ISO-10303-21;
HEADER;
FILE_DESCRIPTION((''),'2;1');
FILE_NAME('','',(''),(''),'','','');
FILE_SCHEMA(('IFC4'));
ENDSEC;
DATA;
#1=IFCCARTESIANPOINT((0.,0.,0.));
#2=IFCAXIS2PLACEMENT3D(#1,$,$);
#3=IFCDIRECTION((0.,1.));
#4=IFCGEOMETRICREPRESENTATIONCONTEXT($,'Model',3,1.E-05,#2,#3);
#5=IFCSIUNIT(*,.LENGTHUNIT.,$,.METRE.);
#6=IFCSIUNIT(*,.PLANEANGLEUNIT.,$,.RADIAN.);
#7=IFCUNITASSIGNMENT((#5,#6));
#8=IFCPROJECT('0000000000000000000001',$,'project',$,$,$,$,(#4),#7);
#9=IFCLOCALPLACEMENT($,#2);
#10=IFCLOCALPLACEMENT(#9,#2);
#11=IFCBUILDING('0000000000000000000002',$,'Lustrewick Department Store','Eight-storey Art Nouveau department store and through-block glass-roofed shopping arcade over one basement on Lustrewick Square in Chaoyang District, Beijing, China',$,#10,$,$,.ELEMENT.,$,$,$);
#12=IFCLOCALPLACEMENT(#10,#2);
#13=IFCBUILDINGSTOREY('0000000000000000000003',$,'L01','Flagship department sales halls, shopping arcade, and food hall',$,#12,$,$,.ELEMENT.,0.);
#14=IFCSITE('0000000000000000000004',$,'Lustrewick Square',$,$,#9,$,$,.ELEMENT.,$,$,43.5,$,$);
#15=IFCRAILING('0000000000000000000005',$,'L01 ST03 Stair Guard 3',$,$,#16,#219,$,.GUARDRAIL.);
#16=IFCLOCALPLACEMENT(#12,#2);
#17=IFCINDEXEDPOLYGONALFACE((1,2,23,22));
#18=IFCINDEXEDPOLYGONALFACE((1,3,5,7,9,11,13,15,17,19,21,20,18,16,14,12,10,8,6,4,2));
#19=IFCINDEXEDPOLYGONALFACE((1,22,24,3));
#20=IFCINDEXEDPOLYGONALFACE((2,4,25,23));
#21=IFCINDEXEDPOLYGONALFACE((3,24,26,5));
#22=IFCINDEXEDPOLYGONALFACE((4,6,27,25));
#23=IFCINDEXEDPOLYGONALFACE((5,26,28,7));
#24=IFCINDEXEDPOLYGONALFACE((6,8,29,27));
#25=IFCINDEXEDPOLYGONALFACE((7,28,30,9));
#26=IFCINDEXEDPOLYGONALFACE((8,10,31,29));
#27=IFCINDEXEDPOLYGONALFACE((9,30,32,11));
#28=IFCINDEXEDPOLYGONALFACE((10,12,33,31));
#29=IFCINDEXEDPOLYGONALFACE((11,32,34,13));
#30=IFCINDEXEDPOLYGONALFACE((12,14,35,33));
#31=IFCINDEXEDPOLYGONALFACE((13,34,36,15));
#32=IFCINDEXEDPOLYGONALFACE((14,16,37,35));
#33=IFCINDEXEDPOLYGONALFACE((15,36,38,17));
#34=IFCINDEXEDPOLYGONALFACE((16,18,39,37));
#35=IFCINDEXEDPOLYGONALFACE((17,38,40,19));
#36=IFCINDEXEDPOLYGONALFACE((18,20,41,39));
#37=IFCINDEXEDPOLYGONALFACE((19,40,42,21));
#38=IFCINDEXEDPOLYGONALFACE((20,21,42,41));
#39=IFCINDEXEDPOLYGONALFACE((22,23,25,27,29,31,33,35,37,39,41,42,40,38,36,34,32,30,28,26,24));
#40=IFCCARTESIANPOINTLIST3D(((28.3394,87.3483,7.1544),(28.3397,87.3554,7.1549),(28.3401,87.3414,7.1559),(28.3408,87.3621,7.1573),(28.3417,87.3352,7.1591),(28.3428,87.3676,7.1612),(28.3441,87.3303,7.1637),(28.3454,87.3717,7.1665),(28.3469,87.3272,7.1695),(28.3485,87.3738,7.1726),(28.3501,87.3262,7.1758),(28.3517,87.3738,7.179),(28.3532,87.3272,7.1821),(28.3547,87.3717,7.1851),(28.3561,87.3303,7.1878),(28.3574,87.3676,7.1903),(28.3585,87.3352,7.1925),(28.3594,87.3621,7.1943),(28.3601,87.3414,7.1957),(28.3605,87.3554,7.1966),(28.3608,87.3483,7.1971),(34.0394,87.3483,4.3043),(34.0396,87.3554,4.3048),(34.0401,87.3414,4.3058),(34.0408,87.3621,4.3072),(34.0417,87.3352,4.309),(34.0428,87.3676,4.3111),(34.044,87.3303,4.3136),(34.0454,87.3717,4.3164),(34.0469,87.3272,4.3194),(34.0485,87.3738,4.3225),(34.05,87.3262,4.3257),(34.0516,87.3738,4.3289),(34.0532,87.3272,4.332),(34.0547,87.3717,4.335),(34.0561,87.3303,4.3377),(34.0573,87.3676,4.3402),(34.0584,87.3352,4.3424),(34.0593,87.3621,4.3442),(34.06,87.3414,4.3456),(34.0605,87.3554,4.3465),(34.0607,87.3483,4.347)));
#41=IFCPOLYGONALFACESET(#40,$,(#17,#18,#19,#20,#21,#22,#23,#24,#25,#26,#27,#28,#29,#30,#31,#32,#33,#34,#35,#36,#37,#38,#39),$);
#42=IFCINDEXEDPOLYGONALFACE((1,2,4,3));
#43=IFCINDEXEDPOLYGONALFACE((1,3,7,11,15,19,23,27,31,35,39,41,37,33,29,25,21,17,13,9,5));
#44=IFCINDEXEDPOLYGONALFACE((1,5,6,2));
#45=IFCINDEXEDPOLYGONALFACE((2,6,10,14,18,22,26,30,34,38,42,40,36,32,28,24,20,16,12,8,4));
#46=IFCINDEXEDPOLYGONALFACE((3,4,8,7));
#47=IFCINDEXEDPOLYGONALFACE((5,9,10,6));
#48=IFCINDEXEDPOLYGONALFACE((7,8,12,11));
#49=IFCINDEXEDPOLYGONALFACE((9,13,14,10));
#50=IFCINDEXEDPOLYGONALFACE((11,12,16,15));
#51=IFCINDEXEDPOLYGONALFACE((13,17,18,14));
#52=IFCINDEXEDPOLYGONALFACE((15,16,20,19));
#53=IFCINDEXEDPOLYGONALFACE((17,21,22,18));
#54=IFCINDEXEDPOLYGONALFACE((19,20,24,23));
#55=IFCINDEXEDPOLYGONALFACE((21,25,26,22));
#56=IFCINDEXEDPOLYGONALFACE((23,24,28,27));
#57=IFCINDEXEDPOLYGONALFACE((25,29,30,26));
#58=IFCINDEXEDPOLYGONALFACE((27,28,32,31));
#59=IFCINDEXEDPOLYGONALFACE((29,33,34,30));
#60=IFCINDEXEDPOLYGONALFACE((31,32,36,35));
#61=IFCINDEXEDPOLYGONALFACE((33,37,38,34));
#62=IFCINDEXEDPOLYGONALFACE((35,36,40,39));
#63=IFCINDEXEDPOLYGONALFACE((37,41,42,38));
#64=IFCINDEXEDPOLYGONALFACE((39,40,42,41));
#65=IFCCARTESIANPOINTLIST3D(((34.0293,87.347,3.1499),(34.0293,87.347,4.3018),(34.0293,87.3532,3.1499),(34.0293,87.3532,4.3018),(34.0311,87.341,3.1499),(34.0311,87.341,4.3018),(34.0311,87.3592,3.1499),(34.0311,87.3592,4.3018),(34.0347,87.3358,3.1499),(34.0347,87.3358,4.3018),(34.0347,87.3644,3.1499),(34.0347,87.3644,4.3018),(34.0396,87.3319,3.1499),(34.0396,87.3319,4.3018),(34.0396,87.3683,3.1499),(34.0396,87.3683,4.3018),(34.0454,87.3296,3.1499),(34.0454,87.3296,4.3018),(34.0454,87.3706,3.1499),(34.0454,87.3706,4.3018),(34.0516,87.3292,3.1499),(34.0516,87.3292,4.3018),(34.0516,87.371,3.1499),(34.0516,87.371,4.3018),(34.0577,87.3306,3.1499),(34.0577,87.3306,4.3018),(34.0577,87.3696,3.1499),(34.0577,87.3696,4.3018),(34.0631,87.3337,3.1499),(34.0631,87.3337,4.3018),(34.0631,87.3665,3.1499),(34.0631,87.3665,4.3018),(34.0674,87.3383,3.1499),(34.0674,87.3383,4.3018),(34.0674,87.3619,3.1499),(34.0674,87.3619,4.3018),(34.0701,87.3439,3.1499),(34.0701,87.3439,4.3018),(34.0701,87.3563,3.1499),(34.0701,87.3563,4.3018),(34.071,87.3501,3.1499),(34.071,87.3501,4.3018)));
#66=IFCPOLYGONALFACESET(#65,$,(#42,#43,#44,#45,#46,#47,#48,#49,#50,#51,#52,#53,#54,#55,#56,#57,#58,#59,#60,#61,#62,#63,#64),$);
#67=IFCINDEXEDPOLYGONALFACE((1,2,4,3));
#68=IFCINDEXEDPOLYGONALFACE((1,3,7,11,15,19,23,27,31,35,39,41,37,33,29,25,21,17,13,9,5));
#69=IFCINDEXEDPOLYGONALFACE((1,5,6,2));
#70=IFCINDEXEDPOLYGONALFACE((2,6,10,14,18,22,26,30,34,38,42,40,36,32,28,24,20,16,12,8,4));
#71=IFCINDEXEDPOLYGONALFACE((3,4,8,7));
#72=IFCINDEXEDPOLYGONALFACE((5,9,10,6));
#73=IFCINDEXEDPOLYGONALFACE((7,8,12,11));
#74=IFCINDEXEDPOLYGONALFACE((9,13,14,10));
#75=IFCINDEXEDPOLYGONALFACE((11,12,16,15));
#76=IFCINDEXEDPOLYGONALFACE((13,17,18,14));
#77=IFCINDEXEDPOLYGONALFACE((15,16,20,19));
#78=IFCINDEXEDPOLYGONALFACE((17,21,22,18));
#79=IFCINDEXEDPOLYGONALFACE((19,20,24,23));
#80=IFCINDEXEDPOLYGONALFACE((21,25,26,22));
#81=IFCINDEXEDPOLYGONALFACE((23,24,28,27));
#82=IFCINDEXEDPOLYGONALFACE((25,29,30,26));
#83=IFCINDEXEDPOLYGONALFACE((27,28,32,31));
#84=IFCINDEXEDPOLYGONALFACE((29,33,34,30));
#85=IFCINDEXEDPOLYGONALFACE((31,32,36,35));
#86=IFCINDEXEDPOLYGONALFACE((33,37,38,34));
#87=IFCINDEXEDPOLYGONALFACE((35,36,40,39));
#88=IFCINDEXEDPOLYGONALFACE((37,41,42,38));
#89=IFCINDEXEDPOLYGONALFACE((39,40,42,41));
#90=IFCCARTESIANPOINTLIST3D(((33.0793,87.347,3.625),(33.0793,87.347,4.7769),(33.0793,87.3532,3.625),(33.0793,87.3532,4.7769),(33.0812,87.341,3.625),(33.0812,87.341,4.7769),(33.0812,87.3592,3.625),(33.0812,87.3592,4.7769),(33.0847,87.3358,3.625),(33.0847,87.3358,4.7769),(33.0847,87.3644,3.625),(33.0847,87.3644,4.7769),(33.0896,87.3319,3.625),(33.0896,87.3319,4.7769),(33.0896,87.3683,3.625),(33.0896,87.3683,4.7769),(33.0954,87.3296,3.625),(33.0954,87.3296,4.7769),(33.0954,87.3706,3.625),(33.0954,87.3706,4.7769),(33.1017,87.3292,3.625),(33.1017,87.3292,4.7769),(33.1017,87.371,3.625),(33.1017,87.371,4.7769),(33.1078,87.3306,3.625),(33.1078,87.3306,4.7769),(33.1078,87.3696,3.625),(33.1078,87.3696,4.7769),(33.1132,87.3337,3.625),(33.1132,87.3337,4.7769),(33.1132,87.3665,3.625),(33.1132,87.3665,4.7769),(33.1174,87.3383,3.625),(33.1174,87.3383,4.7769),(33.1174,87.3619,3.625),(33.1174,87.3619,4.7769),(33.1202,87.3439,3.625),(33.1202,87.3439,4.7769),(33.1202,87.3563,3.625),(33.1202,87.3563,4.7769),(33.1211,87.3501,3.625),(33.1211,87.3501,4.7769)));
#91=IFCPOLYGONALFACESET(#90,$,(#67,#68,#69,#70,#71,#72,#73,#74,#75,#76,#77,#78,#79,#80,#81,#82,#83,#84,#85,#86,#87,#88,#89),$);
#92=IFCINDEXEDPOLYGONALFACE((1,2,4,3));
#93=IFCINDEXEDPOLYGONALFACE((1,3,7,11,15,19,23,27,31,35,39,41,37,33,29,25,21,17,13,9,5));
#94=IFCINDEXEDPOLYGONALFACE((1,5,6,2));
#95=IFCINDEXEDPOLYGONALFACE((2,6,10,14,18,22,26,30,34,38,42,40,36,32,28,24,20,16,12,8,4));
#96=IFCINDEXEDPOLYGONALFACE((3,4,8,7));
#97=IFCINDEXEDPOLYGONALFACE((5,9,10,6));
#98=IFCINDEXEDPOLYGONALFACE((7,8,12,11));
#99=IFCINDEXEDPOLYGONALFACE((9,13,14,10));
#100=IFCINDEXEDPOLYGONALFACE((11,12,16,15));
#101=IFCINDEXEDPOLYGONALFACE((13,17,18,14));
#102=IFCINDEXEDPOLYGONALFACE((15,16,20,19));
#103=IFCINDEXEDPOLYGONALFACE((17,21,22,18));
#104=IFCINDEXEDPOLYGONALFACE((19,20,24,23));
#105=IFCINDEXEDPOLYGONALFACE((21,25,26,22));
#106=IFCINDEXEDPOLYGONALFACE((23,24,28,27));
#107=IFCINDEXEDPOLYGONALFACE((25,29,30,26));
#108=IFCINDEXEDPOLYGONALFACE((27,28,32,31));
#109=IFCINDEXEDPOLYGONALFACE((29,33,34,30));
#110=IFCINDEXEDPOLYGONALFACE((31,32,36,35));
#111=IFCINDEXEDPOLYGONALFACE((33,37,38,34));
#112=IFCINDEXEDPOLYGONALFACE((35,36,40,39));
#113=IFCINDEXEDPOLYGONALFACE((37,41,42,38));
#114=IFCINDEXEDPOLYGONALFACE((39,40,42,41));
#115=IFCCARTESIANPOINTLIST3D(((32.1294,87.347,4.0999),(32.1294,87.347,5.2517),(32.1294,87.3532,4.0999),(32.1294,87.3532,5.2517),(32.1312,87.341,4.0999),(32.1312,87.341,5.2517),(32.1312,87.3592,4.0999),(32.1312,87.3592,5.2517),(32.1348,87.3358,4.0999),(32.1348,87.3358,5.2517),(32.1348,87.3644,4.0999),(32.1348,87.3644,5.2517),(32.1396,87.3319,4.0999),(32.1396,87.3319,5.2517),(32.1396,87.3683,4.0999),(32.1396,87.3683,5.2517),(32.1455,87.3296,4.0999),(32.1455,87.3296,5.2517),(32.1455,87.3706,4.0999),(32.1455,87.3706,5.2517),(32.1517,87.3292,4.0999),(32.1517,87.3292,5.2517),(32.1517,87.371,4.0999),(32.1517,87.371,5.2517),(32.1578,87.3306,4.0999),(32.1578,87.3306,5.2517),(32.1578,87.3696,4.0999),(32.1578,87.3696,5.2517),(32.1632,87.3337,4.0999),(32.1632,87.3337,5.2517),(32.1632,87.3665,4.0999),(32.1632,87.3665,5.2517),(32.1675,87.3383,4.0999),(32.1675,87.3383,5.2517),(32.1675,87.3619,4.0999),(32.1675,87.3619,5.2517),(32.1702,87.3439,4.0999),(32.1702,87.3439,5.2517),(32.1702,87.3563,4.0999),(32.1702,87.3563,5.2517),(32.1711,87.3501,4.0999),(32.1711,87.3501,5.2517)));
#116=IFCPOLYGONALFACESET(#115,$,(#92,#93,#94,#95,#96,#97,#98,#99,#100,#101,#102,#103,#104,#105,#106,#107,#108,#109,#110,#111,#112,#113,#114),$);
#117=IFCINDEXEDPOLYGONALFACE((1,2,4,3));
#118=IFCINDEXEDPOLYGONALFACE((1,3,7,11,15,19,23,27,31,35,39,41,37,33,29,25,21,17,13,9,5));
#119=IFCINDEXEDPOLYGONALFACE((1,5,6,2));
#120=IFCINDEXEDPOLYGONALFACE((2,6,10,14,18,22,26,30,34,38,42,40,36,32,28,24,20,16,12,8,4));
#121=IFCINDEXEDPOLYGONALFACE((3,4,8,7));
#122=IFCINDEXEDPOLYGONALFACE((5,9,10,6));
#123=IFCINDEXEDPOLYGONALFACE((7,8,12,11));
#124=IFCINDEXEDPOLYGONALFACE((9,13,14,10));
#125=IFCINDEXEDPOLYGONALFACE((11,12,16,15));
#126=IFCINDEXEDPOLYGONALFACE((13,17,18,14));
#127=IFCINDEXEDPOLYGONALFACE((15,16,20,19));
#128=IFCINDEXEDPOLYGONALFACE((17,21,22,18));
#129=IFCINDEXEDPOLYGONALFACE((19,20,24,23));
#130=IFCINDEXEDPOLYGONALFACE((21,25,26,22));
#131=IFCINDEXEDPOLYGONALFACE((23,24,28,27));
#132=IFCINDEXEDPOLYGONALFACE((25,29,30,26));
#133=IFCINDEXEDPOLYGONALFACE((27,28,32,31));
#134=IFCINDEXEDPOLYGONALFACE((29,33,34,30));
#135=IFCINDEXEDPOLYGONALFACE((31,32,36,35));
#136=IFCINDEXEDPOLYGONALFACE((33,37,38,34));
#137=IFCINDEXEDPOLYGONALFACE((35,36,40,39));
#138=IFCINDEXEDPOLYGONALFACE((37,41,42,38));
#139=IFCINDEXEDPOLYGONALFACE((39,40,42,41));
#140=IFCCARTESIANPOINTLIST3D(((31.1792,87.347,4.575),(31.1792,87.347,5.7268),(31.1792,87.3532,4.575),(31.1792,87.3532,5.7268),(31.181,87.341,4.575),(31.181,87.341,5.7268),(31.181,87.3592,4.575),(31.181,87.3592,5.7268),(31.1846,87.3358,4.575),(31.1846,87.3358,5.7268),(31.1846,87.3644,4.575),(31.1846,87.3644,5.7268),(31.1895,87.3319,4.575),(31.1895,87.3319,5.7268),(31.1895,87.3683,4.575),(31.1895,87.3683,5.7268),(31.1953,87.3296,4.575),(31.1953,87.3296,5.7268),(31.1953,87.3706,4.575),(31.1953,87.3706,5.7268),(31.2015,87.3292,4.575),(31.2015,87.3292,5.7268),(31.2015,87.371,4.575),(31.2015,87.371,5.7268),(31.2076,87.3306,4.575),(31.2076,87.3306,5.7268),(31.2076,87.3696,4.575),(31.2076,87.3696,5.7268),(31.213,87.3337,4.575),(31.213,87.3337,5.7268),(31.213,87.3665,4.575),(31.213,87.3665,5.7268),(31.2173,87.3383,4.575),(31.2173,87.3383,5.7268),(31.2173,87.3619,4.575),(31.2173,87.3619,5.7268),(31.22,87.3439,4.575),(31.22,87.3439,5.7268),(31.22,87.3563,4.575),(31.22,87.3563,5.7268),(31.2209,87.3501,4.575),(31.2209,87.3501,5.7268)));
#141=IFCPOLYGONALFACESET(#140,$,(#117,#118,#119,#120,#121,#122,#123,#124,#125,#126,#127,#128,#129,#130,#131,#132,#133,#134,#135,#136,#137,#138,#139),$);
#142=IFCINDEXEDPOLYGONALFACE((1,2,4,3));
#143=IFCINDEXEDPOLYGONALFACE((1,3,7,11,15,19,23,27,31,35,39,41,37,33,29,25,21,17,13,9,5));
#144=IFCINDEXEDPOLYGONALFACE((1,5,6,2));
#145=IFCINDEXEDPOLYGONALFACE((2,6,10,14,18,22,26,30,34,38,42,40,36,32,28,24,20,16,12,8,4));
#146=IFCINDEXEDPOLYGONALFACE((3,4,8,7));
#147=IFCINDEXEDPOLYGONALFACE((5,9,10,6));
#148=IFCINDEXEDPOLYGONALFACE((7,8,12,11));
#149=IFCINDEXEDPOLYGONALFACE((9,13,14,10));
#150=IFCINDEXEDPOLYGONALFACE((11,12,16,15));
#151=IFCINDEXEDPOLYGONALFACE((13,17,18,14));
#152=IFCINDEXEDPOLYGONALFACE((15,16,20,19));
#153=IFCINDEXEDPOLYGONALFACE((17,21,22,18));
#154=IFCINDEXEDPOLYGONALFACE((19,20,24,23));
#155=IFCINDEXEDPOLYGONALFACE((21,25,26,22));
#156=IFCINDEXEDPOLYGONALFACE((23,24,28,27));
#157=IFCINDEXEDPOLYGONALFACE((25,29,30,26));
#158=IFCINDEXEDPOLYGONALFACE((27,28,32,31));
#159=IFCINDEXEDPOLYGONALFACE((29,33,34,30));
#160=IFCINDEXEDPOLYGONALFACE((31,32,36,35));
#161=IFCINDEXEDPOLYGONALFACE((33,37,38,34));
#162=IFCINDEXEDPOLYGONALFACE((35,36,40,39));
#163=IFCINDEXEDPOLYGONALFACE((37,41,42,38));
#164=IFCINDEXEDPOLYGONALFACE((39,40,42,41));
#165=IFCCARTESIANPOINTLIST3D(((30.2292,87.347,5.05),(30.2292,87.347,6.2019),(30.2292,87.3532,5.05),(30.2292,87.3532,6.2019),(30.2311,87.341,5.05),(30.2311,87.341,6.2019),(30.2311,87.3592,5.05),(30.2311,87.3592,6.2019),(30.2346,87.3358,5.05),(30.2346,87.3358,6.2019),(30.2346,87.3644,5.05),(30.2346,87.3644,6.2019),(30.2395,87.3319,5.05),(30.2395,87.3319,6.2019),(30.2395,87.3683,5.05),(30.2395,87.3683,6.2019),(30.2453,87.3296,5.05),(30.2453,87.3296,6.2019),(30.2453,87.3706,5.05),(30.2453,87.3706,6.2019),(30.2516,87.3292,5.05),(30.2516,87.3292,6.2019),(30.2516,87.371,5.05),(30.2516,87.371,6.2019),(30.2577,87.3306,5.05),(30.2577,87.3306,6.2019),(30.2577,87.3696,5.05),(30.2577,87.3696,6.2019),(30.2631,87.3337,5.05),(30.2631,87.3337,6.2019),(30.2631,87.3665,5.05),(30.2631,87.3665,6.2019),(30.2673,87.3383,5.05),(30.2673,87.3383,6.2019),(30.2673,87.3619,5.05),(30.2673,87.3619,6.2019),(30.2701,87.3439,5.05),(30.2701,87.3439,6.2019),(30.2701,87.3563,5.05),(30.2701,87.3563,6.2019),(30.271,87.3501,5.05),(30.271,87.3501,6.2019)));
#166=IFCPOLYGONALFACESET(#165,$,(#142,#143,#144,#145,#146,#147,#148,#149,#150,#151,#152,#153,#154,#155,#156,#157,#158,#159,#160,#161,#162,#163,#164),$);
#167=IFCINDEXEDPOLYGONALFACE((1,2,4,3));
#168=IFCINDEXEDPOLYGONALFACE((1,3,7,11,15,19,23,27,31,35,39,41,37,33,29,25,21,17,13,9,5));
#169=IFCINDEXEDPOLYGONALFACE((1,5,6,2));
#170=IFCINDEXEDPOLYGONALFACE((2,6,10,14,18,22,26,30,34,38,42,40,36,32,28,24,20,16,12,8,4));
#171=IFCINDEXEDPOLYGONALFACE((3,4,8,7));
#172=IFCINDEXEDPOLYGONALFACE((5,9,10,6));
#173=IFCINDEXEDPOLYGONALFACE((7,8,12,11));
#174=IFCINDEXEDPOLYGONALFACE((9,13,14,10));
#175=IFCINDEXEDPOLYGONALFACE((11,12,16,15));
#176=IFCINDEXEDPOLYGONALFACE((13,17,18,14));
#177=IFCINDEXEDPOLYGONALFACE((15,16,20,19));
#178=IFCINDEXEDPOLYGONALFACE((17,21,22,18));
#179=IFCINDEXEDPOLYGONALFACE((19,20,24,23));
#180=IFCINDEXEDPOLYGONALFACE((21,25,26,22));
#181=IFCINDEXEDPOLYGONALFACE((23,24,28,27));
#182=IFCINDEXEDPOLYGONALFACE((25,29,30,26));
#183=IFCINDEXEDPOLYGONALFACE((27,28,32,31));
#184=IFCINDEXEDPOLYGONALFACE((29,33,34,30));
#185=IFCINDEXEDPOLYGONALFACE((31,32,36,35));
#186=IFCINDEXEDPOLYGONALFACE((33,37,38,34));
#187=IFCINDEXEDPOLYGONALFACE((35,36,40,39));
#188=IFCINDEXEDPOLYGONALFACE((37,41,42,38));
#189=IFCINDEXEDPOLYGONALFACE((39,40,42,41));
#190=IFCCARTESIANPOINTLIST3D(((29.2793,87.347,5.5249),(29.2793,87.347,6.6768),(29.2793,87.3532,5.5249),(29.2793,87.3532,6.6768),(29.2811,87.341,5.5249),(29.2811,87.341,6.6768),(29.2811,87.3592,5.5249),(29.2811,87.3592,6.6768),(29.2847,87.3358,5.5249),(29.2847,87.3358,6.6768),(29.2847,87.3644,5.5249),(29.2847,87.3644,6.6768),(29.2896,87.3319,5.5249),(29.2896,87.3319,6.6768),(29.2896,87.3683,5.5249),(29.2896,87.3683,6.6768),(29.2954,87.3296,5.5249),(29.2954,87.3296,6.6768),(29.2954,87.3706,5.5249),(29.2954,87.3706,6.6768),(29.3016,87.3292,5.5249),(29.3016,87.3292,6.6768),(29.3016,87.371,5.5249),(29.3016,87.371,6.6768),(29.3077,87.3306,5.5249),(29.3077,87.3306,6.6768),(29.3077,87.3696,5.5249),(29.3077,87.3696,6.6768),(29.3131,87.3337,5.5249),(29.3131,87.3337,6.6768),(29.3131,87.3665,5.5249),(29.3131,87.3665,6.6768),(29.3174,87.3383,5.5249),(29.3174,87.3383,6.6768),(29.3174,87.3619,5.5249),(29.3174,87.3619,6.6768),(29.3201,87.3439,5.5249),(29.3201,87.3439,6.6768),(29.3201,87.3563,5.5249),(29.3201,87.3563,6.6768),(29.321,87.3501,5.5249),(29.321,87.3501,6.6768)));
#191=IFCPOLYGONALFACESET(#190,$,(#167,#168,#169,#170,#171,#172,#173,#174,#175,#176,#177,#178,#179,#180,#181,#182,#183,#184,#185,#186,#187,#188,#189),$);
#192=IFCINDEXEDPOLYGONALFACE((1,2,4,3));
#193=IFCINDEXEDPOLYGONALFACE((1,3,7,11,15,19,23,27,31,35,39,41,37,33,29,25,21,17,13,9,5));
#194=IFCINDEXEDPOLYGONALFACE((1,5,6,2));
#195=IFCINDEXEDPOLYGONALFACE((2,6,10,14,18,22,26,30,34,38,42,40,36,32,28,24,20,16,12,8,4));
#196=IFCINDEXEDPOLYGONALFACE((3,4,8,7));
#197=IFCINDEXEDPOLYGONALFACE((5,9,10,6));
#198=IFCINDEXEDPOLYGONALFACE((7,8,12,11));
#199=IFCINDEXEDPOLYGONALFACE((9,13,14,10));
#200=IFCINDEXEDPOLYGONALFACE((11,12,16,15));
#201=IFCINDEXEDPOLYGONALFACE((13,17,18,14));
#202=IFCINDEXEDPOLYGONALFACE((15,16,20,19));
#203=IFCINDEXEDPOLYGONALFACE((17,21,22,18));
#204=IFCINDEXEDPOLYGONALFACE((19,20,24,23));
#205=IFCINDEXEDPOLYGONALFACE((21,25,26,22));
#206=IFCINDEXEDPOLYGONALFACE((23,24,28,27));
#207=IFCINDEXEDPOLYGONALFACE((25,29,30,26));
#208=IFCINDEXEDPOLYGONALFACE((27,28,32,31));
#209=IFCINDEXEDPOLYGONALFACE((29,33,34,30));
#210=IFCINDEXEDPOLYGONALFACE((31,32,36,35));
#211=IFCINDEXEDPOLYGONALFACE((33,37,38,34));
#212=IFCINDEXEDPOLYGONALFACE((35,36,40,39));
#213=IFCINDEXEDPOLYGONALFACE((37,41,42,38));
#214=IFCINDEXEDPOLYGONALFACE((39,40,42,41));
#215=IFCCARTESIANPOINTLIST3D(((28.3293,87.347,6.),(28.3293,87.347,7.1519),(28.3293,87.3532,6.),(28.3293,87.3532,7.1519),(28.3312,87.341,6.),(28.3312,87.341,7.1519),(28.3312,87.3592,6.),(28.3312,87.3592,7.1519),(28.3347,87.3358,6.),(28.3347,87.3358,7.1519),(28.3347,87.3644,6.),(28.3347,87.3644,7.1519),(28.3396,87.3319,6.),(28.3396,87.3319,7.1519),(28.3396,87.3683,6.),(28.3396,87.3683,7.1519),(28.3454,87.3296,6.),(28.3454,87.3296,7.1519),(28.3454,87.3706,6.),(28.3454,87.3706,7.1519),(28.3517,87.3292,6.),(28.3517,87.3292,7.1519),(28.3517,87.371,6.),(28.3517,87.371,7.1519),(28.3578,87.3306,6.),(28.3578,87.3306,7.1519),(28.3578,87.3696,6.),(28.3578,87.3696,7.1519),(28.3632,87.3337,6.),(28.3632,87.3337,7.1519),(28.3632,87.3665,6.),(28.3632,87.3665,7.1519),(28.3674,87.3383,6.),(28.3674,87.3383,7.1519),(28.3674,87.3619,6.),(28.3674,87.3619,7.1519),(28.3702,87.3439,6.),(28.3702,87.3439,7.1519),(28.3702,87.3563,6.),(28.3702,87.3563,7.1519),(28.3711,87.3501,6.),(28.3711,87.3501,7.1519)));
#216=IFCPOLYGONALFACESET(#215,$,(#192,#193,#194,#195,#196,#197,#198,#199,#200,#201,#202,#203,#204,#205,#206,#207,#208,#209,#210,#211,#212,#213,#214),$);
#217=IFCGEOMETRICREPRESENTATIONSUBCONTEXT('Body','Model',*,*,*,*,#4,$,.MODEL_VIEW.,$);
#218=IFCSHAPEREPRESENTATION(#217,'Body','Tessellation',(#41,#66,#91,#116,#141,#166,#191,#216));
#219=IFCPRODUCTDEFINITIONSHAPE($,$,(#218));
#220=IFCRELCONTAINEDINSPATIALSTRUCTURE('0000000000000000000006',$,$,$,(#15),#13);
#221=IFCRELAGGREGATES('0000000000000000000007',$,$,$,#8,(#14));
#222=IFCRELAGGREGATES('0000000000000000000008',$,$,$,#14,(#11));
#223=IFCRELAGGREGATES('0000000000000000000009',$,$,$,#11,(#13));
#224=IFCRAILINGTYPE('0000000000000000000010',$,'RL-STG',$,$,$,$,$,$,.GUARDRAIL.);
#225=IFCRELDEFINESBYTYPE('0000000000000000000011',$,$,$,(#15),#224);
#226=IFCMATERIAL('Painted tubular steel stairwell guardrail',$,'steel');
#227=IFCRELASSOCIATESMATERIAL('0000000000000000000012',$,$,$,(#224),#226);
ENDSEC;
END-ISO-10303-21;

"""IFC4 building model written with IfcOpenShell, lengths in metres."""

from ifc_helpers import new_model, si_unit, direction, frame, origin, origin_2d, place, context, subcontext, project, spatial, circle, extrude, material, type_object, element, save


model = new_model("IFC4")

# Units and contexts
model_context = context("Model", 3, precision=1e-05, world=origin(), true_north=direction((0.0, 1.0)))
body_context = subcontext(model_context, "Body", "Model", "MODEL_VIEW")
ifc_project = project(units=[si_unit("LENGTHUNIT", "METRE"), si_unit("PLANEANGLEUNIT", "RADIAN")], contexts=[model_context])

# Site, building, storey
site_placement = place(None, origin())
site = spatial("IfcSite", under=ifc_project, at=site_placement, Name="Lustrewick Square", CompositionType="ELEMENT", RefElevation=43.5)
building_placement = place(site_placement, origin())
building = spatial("IfcBuilding", under=site, at=building_placement, Name="Lustrewick Department Store", Description="Eight-storey Art Nouveau department store and through-block glass-roofed shopping arcade over one basement on Lustrewick Square in Chaoyang District, Beijing, China", CompositionType="ELEMENT")
storey_placement = place(building_placement, origin())
storey = spatial("IfcBuildingStorey", under=building, at=storey_placement, Name="L01", Description="Flagship department sales halls, shopping arcade, and food hall", CompositionType="ELEMENT", Elevation=0.0)

# Railing
ifc_material_1 = material(Name="Painted tubular steel stairwell guardrail", Category="steel")
railing_type_1 = type_object("IfcRailingType", Name="RL-STG", PredefinedType="GUARDRAIL", material=ifc_material_1)
railing_1_placement = place(storey_placement, frame((34.05, 87.3501, 3.1499)))
element("IfcRailing", 1, at=railing_1_placement, inside=storey, type_object=railing_type_1, Name="L01 ST03 Stair Guard 3", PredefinedType="GUARDRAIL", context=body_context, shape_type="SweptSolid", body=[
    extrude(circle(Radius=0.0239, at=origin_2d()), frame((0.0, 0.0, 1.1758), z_axis=(-0.89442, 0.0, 0.447229), x_axis=(0.0, -1.0, 0.0)), (0.0, 0.0, 1.0), 6.3728),
    extrude(circle(Radius=0.021, at=origin_2d()), origin(), (0.0, 0.0, 1.0), 1.1519),
    extrude(circle(Radius=0.021, at=origin_2d()), frame((-0.95, 0.0, 0.4751)), (0.0, 0.0, 1.0), 1.1519),
    extrude(circle(Radius=0.021, at=origin_2d()), frame((-1.8999, 0.0, 0.95)), (0.0, 0.0, 1.0), 1.1519),
    extrude(circle(Radius=0.021, at=origin_2d()), frame((-2.8501, 0.0, 1.425)), (0.0, 0.0, 1.0), 1.1519),
    extrude(circle(Radius=0.021, at=origin_2d()), frame((-3.8, 0.0, 1.9001)), (0.0, 0.0, 1.0), 1.1519),
    extrude(circle(Radius=0.021, at=origin_2d()), frame((-4.75, 0.0, 2.375)), (0.0, 0.0, 1.0), 1.1519),
    extrude(circle(Radius=0.021, at=origin_2d()), frame((-5.7, 0.0, 2.8501)), (0.0, 0.0, 1.0), 1.1519),
])

save(model, "model.ifc")
